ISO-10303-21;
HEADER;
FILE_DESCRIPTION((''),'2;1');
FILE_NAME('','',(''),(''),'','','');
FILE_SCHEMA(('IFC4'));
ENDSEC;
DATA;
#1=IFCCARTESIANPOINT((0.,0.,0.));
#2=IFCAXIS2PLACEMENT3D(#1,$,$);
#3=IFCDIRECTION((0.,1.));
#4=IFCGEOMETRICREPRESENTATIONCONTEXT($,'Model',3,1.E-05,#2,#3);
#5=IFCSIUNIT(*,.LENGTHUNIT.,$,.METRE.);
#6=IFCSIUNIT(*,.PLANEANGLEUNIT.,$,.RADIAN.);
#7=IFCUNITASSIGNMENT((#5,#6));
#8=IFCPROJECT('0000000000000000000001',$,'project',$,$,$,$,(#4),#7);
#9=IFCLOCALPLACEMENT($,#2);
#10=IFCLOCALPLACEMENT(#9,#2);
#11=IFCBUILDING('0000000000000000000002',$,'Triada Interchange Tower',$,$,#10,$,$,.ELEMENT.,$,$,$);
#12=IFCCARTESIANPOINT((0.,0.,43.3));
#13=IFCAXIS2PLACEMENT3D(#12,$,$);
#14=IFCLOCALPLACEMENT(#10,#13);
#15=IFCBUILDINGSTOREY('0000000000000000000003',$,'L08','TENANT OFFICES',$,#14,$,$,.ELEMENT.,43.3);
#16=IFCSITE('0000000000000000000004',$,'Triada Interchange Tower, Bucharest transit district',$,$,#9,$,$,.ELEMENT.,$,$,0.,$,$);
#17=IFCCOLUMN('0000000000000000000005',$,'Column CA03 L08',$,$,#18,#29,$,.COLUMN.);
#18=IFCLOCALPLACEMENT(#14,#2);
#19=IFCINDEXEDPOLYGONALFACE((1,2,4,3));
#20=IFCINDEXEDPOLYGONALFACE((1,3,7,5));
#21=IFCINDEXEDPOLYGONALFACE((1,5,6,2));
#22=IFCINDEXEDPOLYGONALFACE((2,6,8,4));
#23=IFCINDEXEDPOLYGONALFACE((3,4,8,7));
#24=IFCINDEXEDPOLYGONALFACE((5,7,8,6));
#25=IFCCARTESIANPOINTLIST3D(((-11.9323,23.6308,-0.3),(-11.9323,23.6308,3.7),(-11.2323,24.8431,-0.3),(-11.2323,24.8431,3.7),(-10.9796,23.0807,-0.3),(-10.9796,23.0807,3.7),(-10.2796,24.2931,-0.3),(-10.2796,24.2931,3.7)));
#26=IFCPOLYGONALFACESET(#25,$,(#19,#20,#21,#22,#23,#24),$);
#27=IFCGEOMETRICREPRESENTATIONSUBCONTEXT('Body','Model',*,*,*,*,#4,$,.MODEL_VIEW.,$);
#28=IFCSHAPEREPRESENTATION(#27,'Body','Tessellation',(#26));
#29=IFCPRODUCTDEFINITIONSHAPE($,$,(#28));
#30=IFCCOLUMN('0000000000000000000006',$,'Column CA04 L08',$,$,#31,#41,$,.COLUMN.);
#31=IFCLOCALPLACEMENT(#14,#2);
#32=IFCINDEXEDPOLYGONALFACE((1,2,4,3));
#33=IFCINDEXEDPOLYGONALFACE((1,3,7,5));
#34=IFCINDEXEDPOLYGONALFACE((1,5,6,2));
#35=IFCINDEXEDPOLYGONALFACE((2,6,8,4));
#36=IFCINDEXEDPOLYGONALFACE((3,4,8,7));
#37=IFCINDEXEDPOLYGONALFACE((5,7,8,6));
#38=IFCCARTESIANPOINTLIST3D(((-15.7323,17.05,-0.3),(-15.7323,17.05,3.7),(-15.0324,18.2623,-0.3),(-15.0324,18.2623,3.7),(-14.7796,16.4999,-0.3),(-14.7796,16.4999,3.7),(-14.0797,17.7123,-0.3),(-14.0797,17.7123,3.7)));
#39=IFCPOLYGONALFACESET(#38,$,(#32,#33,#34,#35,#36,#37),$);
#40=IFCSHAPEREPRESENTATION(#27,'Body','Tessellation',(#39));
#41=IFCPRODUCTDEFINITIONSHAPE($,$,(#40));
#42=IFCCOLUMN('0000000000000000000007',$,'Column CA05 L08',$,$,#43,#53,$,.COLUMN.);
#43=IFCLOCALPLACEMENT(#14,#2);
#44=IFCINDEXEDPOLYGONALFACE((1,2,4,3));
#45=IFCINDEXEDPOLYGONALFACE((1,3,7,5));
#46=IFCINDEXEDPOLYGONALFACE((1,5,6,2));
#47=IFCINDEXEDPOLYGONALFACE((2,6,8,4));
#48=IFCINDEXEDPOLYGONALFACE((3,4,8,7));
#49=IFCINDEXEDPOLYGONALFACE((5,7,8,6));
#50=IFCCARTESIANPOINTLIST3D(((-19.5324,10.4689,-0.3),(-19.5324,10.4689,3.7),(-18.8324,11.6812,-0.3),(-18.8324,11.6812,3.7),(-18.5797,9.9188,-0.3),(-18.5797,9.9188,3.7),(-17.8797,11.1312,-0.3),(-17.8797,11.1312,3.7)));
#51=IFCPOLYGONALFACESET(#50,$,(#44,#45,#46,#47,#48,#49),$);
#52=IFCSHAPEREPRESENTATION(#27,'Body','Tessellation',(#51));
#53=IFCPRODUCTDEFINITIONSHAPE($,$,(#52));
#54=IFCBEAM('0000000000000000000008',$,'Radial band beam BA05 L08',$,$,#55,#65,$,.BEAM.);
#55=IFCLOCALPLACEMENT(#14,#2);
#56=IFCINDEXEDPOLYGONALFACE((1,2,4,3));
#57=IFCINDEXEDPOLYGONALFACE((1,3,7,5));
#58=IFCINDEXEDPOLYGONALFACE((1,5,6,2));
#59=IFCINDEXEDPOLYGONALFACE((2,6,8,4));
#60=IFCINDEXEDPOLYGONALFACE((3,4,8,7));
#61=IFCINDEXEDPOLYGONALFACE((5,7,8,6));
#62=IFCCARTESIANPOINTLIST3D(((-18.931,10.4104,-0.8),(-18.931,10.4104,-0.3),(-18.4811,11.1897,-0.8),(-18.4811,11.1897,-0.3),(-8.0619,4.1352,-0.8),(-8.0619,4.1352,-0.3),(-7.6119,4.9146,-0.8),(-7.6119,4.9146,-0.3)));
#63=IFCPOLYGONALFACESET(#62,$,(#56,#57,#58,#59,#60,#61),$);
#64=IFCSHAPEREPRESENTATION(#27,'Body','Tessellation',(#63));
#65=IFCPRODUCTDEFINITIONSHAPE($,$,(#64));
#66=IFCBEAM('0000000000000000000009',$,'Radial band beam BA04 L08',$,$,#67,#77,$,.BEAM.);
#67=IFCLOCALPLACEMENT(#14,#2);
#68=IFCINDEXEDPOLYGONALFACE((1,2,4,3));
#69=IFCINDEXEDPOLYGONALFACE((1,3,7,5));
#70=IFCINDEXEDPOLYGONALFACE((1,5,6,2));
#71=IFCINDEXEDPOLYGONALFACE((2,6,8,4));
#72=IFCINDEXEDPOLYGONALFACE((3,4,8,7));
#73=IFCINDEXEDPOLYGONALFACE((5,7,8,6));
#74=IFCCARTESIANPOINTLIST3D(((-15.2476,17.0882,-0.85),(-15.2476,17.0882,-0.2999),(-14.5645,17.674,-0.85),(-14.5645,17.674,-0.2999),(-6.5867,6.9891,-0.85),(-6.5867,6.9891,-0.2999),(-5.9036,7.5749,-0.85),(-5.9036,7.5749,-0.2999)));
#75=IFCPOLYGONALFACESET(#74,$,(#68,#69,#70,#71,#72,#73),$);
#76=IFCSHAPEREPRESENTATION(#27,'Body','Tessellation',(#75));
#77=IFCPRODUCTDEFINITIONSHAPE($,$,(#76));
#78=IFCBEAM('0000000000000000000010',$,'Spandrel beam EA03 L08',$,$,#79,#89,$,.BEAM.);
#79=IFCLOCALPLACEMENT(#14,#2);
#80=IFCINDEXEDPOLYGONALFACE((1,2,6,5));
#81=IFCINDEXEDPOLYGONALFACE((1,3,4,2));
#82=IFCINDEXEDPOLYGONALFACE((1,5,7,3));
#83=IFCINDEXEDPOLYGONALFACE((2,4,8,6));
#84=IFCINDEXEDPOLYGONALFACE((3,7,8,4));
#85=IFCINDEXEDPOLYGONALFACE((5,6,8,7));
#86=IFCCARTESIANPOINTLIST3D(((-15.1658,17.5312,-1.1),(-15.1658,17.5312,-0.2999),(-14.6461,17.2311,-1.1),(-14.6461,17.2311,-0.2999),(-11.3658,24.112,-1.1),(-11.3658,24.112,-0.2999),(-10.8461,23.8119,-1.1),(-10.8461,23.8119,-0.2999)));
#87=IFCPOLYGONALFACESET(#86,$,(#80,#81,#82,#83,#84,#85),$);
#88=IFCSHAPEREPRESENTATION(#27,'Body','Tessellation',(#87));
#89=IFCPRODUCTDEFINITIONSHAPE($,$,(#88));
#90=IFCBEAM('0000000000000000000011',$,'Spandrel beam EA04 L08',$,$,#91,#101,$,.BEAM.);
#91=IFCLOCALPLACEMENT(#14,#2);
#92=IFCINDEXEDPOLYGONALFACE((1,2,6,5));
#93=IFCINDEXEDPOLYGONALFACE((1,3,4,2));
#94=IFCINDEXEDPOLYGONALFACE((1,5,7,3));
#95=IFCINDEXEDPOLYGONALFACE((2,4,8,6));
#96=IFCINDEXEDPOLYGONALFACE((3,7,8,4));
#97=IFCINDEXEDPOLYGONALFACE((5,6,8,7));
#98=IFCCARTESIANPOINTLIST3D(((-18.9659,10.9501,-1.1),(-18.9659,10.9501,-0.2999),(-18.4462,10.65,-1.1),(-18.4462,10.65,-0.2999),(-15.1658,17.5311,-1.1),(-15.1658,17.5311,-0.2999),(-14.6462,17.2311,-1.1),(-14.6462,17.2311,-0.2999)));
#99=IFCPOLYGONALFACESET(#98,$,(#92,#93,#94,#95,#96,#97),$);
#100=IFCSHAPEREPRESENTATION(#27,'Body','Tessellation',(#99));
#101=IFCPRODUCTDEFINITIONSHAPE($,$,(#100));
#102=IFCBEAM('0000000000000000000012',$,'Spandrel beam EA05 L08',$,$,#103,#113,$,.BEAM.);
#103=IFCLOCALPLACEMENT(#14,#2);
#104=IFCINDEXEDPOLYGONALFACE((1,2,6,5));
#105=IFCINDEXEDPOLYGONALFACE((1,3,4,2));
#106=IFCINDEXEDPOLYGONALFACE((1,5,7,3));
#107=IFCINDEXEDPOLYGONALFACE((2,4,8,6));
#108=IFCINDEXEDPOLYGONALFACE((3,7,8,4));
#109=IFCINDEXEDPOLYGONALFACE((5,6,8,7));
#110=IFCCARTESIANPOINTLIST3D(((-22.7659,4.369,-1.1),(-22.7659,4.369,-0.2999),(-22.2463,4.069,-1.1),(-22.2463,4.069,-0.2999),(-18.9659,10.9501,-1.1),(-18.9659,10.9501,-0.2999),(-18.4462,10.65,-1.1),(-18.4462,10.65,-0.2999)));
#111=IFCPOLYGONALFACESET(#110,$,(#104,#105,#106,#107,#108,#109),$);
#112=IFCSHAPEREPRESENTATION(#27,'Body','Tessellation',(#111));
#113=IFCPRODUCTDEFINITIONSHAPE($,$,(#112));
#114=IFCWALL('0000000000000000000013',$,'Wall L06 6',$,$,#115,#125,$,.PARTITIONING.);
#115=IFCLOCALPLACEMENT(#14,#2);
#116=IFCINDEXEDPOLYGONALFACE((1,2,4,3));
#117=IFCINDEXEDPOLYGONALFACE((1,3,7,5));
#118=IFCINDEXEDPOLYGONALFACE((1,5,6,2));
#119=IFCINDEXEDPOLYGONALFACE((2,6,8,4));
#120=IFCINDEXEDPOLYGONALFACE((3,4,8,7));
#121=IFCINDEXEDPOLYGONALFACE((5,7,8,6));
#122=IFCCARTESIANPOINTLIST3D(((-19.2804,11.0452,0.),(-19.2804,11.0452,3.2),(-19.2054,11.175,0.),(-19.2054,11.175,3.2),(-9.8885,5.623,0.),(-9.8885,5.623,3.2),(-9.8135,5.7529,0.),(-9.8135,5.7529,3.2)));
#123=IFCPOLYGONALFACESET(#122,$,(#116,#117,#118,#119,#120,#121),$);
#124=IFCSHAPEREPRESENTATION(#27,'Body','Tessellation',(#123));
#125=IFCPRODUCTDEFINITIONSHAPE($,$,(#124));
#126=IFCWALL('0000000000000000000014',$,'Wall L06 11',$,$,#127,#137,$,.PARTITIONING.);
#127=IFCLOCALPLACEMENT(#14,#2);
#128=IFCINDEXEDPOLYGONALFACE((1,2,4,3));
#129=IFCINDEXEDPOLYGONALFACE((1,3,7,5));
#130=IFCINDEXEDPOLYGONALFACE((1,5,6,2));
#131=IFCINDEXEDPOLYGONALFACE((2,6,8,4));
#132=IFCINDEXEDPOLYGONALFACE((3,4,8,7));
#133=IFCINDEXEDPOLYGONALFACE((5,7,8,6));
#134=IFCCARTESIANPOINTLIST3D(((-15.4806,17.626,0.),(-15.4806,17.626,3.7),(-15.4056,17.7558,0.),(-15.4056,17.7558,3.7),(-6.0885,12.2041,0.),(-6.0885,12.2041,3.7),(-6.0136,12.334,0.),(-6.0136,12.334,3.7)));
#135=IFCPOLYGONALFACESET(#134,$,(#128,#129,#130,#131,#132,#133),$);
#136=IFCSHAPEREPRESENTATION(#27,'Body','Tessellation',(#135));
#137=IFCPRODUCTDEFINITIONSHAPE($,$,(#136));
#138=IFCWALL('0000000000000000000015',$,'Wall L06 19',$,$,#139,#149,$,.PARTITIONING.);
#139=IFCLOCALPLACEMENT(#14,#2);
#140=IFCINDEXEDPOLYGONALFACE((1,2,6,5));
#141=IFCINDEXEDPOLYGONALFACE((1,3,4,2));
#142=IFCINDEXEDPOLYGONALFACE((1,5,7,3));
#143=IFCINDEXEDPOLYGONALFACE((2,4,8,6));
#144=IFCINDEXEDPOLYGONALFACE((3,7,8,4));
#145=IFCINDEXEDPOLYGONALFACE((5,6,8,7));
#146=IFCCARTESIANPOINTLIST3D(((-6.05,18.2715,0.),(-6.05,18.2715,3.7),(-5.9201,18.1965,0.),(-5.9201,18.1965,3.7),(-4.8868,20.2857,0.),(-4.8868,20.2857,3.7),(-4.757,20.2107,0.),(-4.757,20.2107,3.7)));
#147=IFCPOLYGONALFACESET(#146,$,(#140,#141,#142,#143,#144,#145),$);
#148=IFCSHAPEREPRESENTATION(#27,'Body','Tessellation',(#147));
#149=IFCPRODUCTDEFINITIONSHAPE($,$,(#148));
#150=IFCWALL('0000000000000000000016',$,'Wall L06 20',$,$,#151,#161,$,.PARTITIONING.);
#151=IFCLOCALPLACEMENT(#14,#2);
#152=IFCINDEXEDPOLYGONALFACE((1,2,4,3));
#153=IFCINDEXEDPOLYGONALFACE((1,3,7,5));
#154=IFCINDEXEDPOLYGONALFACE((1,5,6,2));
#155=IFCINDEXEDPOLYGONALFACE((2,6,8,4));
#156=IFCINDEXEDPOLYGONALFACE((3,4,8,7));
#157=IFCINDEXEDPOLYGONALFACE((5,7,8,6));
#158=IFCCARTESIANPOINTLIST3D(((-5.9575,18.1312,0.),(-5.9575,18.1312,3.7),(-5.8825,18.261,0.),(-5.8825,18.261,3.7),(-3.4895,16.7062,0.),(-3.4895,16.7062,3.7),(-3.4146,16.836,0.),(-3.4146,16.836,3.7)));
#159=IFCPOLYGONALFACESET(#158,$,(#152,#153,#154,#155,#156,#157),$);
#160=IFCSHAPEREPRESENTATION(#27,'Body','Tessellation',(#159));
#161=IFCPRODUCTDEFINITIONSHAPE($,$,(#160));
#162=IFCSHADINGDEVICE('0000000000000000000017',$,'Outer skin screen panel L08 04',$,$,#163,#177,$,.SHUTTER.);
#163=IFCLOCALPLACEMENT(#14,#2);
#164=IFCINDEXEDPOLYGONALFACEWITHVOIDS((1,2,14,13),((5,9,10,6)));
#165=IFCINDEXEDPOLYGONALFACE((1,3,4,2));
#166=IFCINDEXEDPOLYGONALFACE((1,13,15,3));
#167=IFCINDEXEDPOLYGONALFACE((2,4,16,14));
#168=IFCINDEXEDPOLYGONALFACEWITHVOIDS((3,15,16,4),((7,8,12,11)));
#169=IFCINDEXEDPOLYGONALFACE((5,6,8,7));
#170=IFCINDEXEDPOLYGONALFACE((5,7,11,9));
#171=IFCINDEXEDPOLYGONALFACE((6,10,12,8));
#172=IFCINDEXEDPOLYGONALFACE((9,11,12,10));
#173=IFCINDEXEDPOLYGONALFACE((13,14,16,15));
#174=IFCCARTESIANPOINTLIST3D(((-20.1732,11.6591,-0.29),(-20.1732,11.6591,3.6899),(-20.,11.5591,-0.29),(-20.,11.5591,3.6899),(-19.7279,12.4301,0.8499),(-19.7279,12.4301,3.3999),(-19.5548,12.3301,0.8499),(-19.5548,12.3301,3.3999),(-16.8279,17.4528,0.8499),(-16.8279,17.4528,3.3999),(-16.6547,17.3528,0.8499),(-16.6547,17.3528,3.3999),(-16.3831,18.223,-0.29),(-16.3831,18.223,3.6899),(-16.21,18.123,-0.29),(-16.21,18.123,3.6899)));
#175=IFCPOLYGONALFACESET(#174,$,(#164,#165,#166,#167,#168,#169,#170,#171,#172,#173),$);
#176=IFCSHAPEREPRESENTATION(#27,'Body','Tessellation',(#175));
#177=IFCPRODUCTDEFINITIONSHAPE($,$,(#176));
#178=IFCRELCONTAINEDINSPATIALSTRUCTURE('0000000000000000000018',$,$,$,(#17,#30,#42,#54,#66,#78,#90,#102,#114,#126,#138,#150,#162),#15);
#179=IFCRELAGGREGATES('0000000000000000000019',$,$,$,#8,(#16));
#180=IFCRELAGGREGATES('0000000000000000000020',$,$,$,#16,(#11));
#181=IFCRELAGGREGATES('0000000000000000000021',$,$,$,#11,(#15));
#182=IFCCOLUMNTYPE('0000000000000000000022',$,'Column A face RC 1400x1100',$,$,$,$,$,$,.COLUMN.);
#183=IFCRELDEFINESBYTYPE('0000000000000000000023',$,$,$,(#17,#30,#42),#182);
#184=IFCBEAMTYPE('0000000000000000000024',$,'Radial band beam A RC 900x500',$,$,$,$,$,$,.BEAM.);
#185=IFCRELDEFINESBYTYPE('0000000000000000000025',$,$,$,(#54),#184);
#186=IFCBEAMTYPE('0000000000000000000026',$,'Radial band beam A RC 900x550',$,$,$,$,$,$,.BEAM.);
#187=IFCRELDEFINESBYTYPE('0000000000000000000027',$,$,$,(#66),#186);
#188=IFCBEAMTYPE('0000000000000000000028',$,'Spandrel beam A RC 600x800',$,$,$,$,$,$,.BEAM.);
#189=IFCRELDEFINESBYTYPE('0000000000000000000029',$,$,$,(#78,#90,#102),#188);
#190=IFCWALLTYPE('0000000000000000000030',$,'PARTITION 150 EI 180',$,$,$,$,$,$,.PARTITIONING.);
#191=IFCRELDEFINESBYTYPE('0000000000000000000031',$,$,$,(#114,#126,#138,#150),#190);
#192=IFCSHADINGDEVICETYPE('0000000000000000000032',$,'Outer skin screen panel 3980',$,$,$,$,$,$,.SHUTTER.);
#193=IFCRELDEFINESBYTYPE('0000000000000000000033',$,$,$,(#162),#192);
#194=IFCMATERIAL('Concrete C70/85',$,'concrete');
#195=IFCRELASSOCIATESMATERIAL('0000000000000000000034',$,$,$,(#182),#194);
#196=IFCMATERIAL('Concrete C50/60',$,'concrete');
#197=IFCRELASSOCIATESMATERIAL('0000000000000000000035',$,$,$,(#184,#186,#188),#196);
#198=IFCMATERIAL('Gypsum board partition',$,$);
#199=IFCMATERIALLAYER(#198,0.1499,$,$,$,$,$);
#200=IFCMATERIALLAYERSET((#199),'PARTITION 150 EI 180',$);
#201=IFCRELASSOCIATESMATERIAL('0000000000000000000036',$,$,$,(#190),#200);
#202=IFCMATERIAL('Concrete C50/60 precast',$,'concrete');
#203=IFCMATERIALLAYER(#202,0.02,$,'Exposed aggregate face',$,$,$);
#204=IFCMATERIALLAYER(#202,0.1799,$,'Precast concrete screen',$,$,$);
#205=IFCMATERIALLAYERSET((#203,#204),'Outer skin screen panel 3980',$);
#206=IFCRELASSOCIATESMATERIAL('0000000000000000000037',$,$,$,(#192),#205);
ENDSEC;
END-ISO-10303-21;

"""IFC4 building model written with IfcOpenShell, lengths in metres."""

from ifc_helpers import new_model, si_unit, direction, frame, frame_2d, origin, origin_2d, place, context, subcontext, project, spatial, polyline, rectangle, outline, extrude, material, layer, layer_set, material_profile, profile_set, type_object, element, save


model = new_model("IFC4")

# Units and contexts
model_context = context("Model", 3, precision=1e-05, world=origin(), true_north=direction((0.0, 1.0)))
body_context = subcontext(model_context, "Body", "Model", "MODEL_VIEW")
ifc_project = project(units=[si_unit("LENGTHUNIT", "METRE"), si_unit("PLANEANGLEUNIT", "RADIAN")], contexts=[model_context])

# Site, building, storey
site_placement = place(None, origin())
site = spatial("IfcSite", under=ifc_project, at=site_placement, Name="Triada Interchange Tower, Bucharest transit district", CompositionType="ELEMENT", RefElevation=0.0)
building_placement = place(site_placement, origin())
building = spatial("IfcBuilding", under=site, at=building_placement, Name="Triada Interchange Tower", CompositionType="ELEMENT")
storey_placement = place(building_placement, frame((0.0, 0.0, 43.3)))
storey = spatial("IfcBuildingStorey", under=building, at=storey_placement, Name="L08", Description="TENANT OFFICES", CompositionType="ELEMENT", Elevation=43.3)

# Columns
ifc_material_1 = material(Name="Concrete C70/85", Category="concrete")
ifc_material_profile_1 = material_profile(ifc_material_1, rectangle(XDim=1.3999, YDim=1.1001, at=origin_2d()), Name="RC 1400x1100")
ifc_profile_set_1 = profile_set([ifc_material_profile_1], Name="Concrete C70/85")
column_type = type_object("IfcColumnType", Name="Column A face RC 1400x1100", PredefinedType="COLUMN", material=ifc_profile_set_1)
for number, where, z_axis, x_axis, name in (
    (1, (-11.106, 23.9619, -0.3), (0.0, 0.0, 1.0), (0.5, 0.866025, 0.0), "Column CA03 L08"),
    (2, (-14.906, 17.3811, -0.3), (0.0, 0.0, 1.0), (0.5, 0.866025, 0.0), "Column CA04 L08"),
    (3, (-18.7061, 10.8, -0.3), (0.0, 0.0, 1.0), (0.5, 0.866025, 0.0), "Column CA05 L08"),
):
    element("IfcColumn", number, at=place(storey_placement, frame(where, z_axis=z_axis, x_axis=x_axis)), inside=storey, type_object=column_type, Name=name, PredefinedType="COLUMN", context=body_context, shape_type="SweptSolid", body=[
        extrude(rectangle(XDim=1.3999, YDim=1.1001, at=origin_2d()), origin(), (0.0, 0.0, 1.0), 4.0),
    ])

# Beams
ifc_material_2 = material(Name="Concrete C50/60", Category="concrete")
ifc_material_profile_2 = material_profile(ifc_material_2, rectangle(XDim=0.8999, YDim=0.5, at=origin_2d()), Name="RC 900x500")
ifc_profile_set_2 = profile_set([ifc_material_profile_2], Name="Concrete C50/60")
beam_type_1 = type_object("IfcBeamType", Name="Radial band beam A RC 900x500", PredefinedType="BEAM", material=ifc_profile_set_2)
beam_1_placement = place(storey_placement, frame((-18.7061, 10.8, -0.55), z_axis=(0.866031, -0.499991, 0.0), x_axis=(0.499991, 0.866031, 0.0)))
element("IfcBeam", 4, at=beam_1_placement, inside=storey, type_object=beam_type_1, Name="Radial band beam BA05 L08", PredefinedType="BEAM", context=body_context, shape_type="SweptSolid", body=[
    extrude(rectangle(XDim=0.8999, YDim=0.5, at=origin_2d()), origin(), (0.0, 0.0, 1.0), 12.5505),
])
ifc_material_profile_3 = material_profile(ifc_material_2, rectangle(XDim=0.8999, YDim=0.55, at=origin_2d()), Name="RC 900x550")
ifc_profile_set_3 = profile_set([ifc_material_profile_3], Name="Concrete C50/60")
beam_type_2 = type_object("IfcBeamType", Name="Radial band beam A RC 900x550", PredefinedType="BEAM", material=ifc_profile_set_3)
beam_2_placement = place(storey_placement, frame((-14.906, 17.3811, -0.575), z_axis=(0.650986, -0.759089, 0.0), x_axis=(0.759089, 0.650986, 0.0)))
element("IfcBeam", 5, at=beam_2_placement, inside=storey, type_object=beam_type_2, Name="Radial band beam BA04 L08", PredefinedType="BEAM", context=body_context, shape_type="SweptSolid", body=[
    extrude(rectangle(XDim=0.8999, YDim=0.55, at=origin_2d()), origin(), (0.0, 0.0, 1.0), 13.3042),
])
ifc_material_profile_4 = material_profile(ifc_material_2, rectangle(XDim=0.6001, YDim=0.8, at=origin_2d()), Name="RC 600x800")
ifc_profile_set_4 = profile_set([ifc_material_profile_4], Name="Concrete C50/60")
beam_type_3 = type_object("IfcBeamType", Name="Spandrel beam A RC 600x800", PredefinedType="BEAM", material=ifc_profile_set_4)
beam_3_placement = place(storey_placement, frame((-11.106, 23.9619, -0.7), z_axis=(-0.500061, -0.86599, 0.0), x_axis=(0.86599, -0.500061, 0.0)))
element("IfcBeam", 6, at=beam_3_placement, inside=storey, type_object=beam_type_3, Name="Spandrel beam EA03 L08", PredefinedType="BEAM", context=body_context, shape_type="SweptSolid", body=[
    extrude(rectangle(XDim=0.6001, YDim=0.8, at=origin_2d()), origin(), (0.0, 0.0, 1.0), 7.5991),
])
for number, where, z_axis, x_axis, name in (
    (7, (-14.906, 17.3811, -0.7), (-0.500047, -0.865998, 0.0), (0.865998, -0.500047, 0.0), "Spandrel beam EA04 L08"),
    (8, (-18.7061, 10.8, -0.7), (-0.500047, -0.865998, 0.0), (0.865998, -0.500047, 0.0), "Spandrel beam EA05 L08"),
):
    element("IfcBeam", number, at=place(storey_placement, frame(where, z_axis=z_axis, x_axis=x_axis)), inside=storey, type_object=beam_type_3, Name=name, PredefinedType="BEAM", context=body_context, shape_type="SweptSolid", body=[
        extrude(rectangle(XDim=0.6001, YDim=0.8, at=origin_2d()), origin(), (0.0, 0.0, 1.0), 7.5994),
    ])

# Walls
ifc_material_3 = material(Name="Gypsum board partition")
ifc_layer_1 = layer(ifc_material_3, 0.1499)
ifc_layer_set_1 = layer_set([ifc_layer_1], Name="PARTITION 150 EI 180")
wall_type_1 = type_object("IfcWallType", Name="PARTITION 150 EI 180", PredefinedType="PARTITIONING", material=ifc_layer_set_1)
wall_1_placement = place(storey_placement, frame((-19.2429, 11.1101, 0.0), z_axis=(0.0, 0.0, 1.0), x_axis=(0.866036, -0.499982, 0.0)))
element("IfcWall", 9, at=wall_1_placement, inside=storey, type_object=wall_type_1, Name="Wall L06 6", PredefinedType="PARTITIONING", context=body_context, shape_type="SweptSolid", body=[
    extrude(rectangle(XDim=10.8447, YDim=0.1499, at=frame_2d((5.4224, 0.0))), origin(), (0.0, 0.0, 1.0), 3.2),
])
wall_2_placement = place(storey_placement, frame((-15.4431, 17.6909, 0.0), z_axis=(0.0, 0.0, 1.0), x_axis=(0.866051, -0.499955, 0.0)))
element("IfcWall", 10, at=wall_2_placement, inside=storey, type_object=wall_type_1, Name="Wall L06 11", PredefinedType="PARTITIONING", context=body_context, shape_type="SweptSolid", body=[
    extrude(rectangle(XDim=10.8447, YDim=0.1499, at=frame_2d((5.4224, 0.0))), origin(), (0.0, 0.0, 1.0), 3.7),
])
wall_3_placement = place(storey_placement, frame((-5.9851, 18.2339, 0.0), z_axis=(0.0, 0.0, 1.0), x_axis=(0.500068, 0.865986, 0.0)))
element("IfcWall", 11, at=wall_3_placement, inside=storey, type_object=wall_type_1, Name="Wall L06 19", PredefinedType="PARTITIONING", context=body_context, shape_type="SweptSolid", body=[
    extrude(rectangle(XDim=2.3259, YDim=0.1499, at=frame_2d((1.1631, 0.0))), origin(), (0.0, 0.0, 1.0), 3.7),
])
wall_4_placement = place(storey_placement, frame((-5.9199, 18.196, 0.0), z_axis=(0.0, 0.0, 1.0), x_axis=(0.866004, -0.500036, 0.0)))
element("IfcWall", 12, at=wall_4_placement, inside=storey, type_object=wall_type_1, Name="Wall L06 20", PredefinedType="PARTITIONING", context=body_context, shape_type="SweptSolid", body=[
    extrude(rectangle(XDim=2.8499, YDim=0.1499, at=frame_2d((1.4248, 0.0))), origin(), (0.0, 0.0, 1.0), 3.7),
])

# Shading device
ifc_material_4 = material(Name="Concrete C50/60 precast", Category="concrete")
ifc_layer_2 = layer(ifc_material_4, 0.02, Name="Exposed aggregate face")
ifc_layer_3 = layer(ifc_material_4, 0.1799, Name="Precast concrete screen")
ifc_layer_set_2 = layer_set([ifc_layer_2, ifc_layer_3], Name="Outer skin screen panel 3980")
shading_device_type = type_object("IfcShadingDeviceType", Name="Outer skin screen panel 3980", PredefinedType="SHUTTER", material=ifc_layer_set_2)
shading_device_1_placement = place(storey_placement, frame((-16.21, 18.123, -0.29), z_axis=(0.0, 0.0, 1.0), x_axis=(-0.500033, -0.866006, 0.0)))
element("IfcShadingDevice", 13, at=shading_device_1_placement, inside=storey, type_object=shading_device_type, Name="Outer skin screen panel L08 04", PredefinedType="SHUTTER", context=body_context, shape_type="SweptSolid", body=[
    extrude(outline(polyline([(0.0, 0.0), (7.5796, 0.0), (7.5796, 3.98), (0.0, 3.98), (0.0, 0.0)]), holes=[polyline([(0.8894, 1.1399), (0.8894, 3.6899), (6.6892, 3.6899), (6.6892, 1.1399), (0.8894, 1.1399)])]), frame((0.0, 0.0, 0.0), z_axis=(0.0, -1.0, 0.0), x_axis=(1.0, 0.0, 0.0)), (0.0, 0.0, 1.0), 0.2),
])

save(model, "model.ifc")
